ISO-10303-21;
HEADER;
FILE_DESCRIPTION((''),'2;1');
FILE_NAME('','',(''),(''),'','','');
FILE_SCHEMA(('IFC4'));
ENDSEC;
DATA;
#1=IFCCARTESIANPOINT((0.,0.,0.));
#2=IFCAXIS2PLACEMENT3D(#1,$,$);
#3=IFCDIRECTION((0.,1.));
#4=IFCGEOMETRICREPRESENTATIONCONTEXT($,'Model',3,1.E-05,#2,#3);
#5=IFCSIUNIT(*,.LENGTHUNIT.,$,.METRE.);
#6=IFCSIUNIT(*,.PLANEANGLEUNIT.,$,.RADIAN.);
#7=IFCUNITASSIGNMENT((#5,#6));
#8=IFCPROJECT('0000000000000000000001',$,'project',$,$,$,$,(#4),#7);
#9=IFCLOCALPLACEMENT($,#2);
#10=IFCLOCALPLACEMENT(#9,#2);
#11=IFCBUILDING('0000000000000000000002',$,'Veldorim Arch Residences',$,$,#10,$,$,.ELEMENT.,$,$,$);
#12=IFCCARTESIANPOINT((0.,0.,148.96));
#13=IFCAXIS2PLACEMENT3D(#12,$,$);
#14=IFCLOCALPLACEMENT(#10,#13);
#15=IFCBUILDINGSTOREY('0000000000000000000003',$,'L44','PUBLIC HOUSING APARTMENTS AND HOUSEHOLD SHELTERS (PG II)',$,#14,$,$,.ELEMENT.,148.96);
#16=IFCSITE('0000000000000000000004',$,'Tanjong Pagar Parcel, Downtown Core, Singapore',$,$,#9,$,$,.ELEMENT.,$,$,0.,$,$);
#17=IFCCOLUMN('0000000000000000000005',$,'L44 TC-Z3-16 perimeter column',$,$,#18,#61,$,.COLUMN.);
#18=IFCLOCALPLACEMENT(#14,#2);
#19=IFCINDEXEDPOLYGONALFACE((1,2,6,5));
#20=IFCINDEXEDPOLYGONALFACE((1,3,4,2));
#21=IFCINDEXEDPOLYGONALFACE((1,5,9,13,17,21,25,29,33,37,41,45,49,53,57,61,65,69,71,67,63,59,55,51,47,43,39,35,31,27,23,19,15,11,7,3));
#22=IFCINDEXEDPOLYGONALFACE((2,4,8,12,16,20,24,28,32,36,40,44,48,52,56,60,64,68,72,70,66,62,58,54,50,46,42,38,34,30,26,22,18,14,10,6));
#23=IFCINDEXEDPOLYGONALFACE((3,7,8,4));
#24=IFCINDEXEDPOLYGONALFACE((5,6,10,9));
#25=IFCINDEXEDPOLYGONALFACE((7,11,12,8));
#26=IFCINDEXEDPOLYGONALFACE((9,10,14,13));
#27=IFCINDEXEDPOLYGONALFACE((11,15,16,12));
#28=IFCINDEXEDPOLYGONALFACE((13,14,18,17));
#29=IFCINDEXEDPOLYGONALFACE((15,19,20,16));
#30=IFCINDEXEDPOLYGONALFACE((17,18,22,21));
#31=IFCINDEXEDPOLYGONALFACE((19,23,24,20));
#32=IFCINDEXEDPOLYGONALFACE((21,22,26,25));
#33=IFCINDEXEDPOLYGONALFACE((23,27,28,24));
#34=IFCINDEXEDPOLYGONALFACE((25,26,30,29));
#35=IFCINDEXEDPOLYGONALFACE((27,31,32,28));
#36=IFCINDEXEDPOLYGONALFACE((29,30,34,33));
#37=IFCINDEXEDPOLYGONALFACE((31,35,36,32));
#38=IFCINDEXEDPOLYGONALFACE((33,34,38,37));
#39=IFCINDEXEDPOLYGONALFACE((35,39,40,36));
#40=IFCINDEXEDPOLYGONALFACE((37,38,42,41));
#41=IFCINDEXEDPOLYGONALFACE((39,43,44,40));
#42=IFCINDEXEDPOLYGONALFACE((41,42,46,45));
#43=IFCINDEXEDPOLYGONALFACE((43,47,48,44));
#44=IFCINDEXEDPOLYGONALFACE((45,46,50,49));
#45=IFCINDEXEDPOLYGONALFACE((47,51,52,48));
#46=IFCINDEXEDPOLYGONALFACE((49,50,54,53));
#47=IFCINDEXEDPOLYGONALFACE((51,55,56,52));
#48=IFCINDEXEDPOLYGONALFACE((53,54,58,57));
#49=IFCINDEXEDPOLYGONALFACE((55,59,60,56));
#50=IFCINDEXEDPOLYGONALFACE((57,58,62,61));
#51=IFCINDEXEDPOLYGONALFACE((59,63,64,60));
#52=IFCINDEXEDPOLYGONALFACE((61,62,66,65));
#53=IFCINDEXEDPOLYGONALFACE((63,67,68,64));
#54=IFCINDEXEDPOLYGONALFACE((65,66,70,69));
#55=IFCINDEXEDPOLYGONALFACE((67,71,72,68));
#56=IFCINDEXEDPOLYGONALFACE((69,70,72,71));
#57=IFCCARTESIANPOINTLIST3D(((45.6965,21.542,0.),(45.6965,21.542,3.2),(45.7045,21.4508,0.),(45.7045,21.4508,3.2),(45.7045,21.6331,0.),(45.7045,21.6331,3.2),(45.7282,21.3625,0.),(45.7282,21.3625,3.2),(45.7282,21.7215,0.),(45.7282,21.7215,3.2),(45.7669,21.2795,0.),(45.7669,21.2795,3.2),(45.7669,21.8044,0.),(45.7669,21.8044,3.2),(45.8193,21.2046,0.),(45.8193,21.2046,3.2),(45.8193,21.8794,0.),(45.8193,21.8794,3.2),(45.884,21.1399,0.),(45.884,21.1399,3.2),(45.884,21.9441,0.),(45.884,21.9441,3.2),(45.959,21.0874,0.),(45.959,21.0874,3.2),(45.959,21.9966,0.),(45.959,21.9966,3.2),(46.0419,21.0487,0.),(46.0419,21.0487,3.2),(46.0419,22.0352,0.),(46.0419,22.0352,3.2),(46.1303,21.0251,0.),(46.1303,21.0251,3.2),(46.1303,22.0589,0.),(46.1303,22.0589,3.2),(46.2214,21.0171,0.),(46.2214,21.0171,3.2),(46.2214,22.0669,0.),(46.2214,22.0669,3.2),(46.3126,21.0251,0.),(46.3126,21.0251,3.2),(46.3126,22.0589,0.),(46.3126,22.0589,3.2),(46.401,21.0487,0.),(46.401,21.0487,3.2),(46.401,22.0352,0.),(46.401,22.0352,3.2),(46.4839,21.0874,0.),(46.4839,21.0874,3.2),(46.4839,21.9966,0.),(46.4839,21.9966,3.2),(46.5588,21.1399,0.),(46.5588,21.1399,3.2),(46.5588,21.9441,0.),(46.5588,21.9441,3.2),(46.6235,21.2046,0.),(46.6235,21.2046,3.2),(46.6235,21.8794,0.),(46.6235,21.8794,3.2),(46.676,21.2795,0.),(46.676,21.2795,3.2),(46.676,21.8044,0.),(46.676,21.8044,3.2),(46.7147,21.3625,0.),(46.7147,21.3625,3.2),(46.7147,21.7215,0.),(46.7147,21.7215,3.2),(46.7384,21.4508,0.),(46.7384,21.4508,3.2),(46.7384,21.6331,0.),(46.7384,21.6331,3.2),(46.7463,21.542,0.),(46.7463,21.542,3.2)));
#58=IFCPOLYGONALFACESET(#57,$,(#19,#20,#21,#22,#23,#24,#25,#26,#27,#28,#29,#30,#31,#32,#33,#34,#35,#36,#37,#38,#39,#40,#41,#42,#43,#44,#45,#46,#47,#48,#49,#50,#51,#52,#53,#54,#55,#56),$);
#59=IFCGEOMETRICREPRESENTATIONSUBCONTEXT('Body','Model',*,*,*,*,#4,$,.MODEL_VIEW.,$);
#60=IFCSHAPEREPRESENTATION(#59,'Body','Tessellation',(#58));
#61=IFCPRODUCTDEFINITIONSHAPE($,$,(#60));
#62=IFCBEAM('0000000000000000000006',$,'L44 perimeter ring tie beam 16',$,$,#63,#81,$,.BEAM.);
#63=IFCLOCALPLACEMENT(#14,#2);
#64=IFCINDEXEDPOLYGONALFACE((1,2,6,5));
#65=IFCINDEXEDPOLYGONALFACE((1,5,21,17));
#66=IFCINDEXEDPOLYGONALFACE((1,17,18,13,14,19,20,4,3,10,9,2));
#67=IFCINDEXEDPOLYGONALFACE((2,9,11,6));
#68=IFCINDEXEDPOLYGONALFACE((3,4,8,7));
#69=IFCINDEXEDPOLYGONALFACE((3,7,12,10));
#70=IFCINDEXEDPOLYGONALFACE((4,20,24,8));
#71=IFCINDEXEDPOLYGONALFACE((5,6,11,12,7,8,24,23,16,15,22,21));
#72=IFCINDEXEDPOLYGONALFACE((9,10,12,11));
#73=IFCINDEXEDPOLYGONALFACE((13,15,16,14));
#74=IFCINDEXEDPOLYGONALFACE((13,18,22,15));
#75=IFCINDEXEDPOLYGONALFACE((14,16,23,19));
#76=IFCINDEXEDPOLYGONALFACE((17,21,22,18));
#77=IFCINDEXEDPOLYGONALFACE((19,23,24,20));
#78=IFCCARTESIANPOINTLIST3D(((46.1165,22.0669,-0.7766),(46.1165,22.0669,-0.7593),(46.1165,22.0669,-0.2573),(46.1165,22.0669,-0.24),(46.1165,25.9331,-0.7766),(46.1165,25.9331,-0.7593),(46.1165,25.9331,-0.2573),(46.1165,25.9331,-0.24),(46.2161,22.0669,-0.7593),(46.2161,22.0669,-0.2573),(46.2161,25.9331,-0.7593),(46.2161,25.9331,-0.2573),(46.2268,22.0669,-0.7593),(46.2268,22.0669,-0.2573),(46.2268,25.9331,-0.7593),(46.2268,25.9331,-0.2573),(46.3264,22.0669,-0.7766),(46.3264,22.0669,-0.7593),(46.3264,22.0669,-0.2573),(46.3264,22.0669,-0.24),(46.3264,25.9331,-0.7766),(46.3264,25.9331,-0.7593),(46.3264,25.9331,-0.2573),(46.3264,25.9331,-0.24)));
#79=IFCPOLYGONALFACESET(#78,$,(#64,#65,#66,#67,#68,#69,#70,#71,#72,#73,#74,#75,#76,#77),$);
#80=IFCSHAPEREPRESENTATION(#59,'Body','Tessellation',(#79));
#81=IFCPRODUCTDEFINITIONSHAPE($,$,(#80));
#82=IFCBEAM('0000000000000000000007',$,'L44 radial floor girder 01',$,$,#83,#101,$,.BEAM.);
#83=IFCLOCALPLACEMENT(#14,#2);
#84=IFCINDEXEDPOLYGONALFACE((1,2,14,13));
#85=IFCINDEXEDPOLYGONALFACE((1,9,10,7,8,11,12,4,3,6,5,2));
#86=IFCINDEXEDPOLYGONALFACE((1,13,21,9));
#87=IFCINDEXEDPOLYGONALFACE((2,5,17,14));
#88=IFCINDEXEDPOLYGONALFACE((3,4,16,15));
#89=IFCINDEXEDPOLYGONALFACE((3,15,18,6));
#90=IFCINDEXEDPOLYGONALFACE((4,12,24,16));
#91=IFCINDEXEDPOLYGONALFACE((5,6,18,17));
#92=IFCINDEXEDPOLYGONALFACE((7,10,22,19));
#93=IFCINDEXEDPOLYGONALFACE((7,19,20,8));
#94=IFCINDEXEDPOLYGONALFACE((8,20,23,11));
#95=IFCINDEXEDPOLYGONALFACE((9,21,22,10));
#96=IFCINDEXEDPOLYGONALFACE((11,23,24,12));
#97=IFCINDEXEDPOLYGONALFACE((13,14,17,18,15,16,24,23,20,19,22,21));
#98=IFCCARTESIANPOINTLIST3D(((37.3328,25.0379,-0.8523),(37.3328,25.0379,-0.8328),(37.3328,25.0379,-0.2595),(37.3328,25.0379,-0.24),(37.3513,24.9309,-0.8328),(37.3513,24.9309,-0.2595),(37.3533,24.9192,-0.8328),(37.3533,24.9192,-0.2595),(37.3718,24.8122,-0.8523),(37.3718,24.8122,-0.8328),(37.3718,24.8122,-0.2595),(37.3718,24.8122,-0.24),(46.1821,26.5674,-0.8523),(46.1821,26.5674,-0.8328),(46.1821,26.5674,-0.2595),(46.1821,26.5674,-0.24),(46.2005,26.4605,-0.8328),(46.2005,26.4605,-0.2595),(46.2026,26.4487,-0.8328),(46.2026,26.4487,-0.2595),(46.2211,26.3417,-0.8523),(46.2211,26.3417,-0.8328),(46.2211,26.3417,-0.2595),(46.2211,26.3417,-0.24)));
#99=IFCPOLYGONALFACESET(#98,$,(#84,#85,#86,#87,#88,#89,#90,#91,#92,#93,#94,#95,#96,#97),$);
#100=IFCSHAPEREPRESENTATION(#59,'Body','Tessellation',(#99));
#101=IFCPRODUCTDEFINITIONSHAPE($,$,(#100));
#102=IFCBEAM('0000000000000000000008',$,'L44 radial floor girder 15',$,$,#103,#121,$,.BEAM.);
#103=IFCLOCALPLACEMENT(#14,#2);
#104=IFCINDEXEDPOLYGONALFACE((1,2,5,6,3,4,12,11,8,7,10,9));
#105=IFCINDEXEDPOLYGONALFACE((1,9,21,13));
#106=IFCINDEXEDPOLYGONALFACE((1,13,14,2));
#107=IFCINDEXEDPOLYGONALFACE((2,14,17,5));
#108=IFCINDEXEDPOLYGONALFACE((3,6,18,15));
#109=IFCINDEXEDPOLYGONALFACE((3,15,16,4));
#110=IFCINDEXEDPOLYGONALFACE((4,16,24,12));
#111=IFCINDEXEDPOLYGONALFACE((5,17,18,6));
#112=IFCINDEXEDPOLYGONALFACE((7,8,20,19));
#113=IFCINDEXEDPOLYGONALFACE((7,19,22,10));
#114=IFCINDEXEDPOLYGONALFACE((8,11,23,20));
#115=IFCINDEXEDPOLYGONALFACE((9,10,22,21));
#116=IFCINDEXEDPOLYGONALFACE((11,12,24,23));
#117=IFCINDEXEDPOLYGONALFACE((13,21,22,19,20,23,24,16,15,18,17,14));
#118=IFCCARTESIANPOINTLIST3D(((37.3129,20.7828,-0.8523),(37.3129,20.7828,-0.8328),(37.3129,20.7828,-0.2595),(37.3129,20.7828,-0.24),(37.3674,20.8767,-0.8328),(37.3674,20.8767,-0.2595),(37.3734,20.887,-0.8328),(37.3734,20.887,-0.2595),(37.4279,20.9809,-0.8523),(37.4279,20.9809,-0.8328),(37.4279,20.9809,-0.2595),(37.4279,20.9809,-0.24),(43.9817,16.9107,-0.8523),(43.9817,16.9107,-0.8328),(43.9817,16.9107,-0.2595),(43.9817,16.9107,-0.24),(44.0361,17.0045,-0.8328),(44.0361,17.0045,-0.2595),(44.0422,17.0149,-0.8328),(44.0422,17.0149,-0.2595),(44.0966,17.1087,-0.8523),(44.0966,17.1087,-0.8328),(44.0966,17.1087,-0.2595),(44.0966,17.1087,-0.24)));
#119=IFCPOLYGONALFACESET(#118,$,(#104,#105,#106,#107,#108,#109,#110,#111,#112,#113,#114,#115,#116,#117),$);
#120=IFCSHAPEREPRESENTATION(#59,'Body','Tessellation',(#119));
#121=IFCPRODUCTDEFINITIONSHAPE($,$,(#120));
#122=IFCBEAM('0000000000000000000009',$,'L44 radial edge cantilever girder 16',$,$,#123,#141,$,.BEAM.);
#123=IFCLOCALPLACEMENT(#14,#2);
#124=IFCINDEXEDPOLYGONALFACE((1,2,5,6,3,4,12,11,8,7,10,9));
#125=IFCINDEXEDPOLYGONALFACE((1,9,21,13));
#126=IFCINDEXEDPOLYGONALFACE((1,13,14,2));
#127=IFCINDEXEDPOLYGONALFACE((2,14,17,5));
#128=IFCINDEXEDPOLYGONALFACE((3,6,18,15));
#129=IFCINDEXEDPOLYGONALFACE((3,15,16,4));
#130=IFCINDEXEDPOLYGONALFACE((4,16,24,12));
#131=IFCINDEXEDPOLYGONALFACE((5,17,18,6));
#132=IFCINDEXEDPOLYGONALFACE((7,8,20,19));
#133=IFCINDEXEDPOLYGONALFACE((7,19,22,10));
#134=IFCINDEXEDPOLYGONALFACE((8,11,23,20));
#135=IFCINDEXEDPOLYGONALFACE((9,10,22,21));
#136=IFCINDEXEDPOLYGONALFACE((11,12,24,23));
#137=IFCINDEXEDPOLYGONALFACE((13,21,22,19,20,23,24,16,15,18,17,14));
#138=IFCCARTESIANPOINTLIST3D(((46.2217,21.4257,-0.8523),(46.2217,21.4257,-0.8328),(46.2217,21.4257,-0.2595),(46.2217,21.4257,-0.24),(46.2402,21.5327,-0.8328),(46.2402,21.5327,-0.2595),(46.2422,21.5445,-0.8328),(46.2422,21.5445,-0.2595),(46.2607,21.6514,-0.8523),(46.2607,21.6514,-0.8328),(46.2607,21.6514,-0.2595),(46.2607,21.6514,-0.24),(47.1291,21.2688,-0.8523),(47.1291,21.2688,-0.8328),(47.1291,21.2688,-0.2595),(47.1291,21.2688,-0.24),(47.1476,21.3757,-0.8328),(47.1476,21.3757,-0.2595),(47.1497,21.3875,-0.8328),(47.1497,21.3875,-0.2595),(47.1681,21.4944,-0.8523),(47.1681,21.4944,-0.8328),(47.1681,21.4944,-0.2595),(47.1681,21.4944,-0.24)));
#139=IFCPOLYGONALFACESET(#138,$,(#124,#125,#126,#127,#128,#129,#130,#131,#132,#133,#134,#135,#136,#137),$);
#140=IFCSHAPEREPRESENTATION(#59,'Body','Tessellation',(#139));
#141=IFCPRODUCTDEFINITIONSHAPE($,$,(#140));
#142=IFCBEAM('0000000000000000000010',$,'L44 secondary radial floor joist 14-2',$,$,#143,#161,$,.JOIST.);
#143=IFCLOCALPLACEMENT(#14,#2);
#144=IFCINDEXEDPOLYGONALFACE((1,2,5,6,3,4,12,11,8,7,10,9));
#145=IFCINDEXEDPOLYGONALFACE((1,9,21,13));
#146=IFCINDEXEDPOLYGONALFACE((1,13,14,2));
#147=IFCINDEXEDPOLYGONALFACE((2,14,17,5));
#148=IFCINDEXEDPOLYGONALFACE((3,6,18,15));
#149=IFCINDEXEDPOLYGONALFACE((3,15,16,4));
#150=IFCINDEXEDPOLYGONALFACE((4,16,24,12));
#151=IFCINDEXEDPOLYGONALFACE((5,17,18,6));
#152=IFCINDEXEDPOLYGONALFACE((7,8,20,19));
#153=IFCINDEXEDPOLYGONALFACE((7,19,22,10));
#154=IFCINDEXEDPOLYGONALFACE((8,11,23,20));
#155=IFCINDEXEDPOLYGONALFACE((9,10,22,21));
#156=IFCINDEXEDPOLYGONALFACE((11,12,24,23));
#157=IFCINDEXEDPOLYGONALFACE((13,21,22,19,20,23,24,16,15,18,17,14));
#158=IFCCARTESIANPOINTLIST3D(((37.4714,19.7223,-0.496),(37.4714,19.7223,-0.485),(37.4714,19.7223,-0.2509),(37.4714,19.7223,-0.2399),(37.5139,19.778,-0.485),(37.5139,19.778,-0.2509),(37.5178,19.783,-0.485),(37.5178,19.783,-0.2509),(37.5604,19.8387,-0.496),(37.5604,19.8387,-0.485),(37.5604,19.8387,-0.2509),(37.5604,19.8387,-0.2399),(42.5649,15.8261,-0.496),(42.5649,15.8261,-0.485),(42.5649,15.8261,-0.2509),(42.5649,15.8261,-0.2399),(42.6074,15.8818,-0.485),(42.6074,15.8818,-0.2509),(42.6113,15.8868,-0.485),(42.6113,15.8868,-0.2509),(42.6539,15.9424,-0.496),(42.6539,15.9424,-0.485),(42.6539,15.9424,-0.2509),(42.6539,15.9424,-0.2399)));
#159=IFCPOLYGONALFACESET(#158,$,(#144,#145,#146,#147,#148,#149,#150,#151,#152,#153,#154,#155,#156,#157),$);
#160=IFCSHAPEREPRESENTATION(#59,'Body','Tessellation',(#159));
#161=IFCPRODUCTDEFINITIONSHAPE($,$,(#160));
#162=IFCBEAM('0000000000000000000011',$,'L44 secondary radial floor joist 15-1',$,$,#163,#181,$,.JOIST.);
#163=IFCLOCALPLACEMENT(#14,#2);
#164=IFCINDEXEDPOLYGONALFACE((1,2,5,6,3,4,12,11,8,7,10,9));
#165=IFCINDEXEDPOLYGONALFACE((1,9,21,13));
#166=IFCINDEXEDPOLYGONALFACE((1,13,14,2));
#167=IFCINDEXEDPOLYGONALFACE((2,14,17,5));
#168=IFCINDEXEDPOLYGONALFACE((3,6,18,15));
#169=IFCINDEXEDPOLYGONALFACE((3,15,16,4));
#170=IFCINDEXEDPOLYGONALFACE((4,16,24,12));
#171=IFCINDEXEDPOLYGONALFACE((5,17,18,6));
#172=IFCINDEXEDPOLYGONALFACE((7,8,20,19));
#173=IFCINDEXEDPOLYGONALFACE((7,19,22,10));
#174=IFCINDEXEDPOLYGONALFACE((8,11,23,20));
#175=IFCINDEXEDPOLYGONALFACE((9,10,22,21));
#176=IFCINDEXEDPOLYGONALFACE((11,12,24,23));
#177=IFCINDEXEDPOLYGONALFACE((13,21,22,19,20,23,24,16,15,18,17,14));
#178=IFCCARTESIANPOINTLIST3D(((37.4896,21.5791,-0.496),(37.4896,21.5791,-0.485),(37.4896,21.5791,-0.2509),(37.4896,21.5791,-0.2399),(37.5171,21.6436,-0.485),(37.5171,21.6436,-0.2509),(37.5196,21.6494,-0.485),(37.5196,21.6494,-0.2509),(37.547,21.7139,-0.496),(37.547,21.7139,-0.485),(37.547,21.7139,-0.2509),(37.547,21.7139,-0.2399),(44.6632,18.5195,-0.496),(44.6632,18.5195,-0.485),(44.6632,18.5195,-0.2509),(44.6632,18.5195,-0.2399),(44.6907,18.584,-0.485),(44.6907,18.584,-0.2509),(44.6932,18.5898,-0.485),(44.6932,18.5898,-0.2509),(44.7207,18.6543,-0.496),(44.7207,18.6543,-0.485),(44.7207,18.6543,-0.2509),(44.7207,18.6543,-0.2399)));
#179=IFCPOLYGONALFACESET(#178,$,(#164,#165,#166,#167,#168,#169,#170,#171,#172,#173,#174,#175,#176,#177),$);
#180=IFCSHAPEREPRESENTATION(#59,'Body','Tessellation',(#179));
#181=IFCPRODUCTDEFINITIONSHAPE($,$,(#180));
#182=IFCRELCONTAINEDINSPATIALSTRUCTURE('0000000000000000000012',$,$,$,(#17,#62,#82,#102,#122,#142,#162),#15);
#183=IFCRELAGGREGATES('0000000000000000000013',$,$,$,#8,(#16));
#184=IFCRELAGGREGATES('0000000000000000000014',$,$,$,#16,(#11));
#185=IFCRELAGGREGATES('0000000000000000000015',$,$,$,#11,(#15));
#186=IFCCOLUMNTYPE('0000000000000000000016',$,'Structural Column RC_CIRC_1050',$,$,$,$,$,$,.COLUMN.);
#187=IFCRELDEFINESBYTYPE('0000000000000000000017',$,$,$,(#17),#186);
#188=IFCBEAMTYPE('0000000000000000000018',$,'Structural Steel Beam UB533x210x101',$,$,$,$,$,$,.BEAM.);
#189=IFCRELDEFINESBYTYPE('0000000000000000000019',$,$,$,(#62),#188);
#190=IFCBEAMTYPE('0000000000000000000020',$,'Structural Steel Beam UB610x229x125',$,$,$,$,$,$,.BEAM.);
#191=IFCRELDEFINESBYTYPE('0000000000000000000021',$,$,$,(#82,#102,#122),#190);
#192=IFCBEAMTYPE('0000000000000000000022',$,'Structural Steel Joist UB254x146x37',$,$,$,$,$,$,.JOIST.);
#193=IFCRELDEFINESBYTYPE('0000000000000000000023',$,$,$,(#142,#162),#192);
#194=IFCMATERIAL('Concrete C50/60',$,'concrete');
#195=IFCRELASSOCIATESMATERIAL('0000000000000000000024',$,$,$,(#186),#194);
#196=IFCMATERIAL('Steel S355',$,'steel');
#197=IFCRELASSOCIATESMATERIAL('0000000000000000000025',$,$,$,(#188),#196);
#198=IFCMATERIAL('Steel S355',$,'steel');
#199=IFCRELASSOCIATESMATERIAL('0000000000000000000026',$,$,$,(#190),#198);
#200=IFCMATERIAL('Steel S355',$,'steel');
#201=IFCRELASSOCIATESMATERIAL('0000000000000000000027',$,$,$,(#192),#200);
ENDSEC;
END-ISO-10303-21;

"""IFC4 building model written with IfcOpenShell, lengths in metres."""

from ifc_helpers import new_model, si_unit, direction, frame, origin, origin_2d, place, context, subcontext, project, spatial, circle, i_section, extrude, material, material_profile, profile_set, type_object, element, save


model = new_model("IFC4")

# Units and contexts
model_context = context("Model", 3, precision=1e-05, world=origin(), true_north=direction((0.0, 1.0)))
body_context = subcontext(model_context, "Body", "Model", "MODEL_VIEW")
ifc_project = project(units=[si_unit("LENGTHUNIT", "METRE"), si_unit("PLANEANGLEUNIT", "RADIAN")], contexts=[model_context])

# Site, building, storey
site_placement = place(None, origin())
site = spatial("IfcSite", under=ifc_project, at=site_placement, Name="Tanjong Pagar Parcel, Downtown Core, Singapore", CompositionType="ELEMENT", RefElevation=0.0)
building_placement = place(site_placement, origin())
building = spatial("IfcBuilding", under=site, at=building_placement, Name="Veldorim Arch Residences", CompositionType="ELEMENT")
storey_placement = place(building_placement, frame((0.0, 0.0, 148.96)))
storey = spatial("IfcBuildingStorey", under=building, at=storey_placement, Name="L44", Description="PUBLIC HOUSING APARTMENTS AND HOUSEHOLD SHELTERS (PG II)", CompositionType="ELEMENT", Elevation=148.96)

# Column
ifc_material_1 = material(Name="Concrete C50/60", Category="concrete")
ifc_material_profile_1 = material_profile(ifc_material_1, circle(Radius=0.5249, at=origin_2d()), Name="RC_CIRC_1050")
ifc_profile_set_1 = profile_set([ifc_material_profile_1], Name="Concrete C50/60")
column_type = type_object("IfcColumnType", Name="Structural Column RC_CIRC_1050", PredefinedType="COLUMN", material=ifc_profile_set_1)
column_placement = place(storey_placement, frame((46.2214, 21.542, 0.0), z_axis=(0.0, 0.0, 1.0), x_axis=(1.0, 0.0, 0.0)))
element("IfcColumn", 1, at=column_placement, inside=storey, type_object=column_type, Name="L44 TC-Z3-16 perimeter column", PredefinedType="COLUMN", context=body_context, shape_type="SweptSolid", body=[
    extrude(circle(Radius=0.5249, at=origin_2d()), origin(), (0.0, 0.0, 1.0), 3.2),
])

# Beams
ifc_material_2 = material(Name="Steel S355", Category="steel")
ifc_material_profile_2 = material_profile(ifc_material_2, i_section(OverallWidth=0.21, OverallDepth=0.5366, WebThickness=0.0107, FlangeThickness=0.0173, at=origin_2d()), Name="UB533x210x101")
ifc_profile_set_2 = profile_set([ifc_material_profile_2], Name="Steel S355")
beam_type_1 = type_object("IfcBeamType", Name="Structural Steel Beam UB533x210x101", PredefinedType="BEAM", material=ifc_profile_set_2)
beam_1_placement = place(storey_placement, frame((46.2214, 22.0669, -0.5083), z_axis=(0.0, 1.0, 0.0), x_axis=(-1.0, 0.0, 0.0)))
element("IfcBeam", 2, at=beam_1_placement, inside=storey, type_object=beam_type_1, Name="L44 perimeter ring tie beam 16", PredefinedType="BEAM", context=body_context, shape_type="SweptSolid", body=[
    extrude(i_section(OverallWidth=0.21, OverallDepth=0.5366, WebThickness=0.0107, FlangeThickness=0.0173, at=origin_2d()), origin(), (0.0, 0.0, 1.0), 3.8662),
])
ifc_material_3 = material(Name="Steel S355", Category="steel")
ifc_material_profile_3 = material_profile(ifc_material_3, i_section(OverallWidth=0.229, OverallDepth=0.6123, WebThickness=0.012, FlangeThickness=0.0195, at=origin_2d()), Name="UB610x229x125")
ifc_profile_set_3 = profile_set([ifc_material_profile_3], Name="Steel S355")
beam_type_2 = type_object("IfcBeamType", Name="Structural Steel Beam UB610x229x125", PredefinedType="BEAM", material=ifc_profile_set_3)
beam_2_placement = place(storey_placement, frame((37.3523, 24.925, -0.5461), z_axis=(0.985389, 0.170317, 0.0), x_axis=(-0.170317, 0.985389, 0.0)))
element("IfcBeam", 3, at=beam_2_placement, inside=storey, type_object=beam_type_2, Name="L44 radial floor girder 01", PredefinedType="BEAM", context=body_context, shape_type="SweptSolid", body=[
    extrude(i_section(OverallWidth=0.229, OverallDepth=0.6123, WebThickness=0.012, FlangeThickness=0.0195, at=origin_2d()), origin(), (0.0, 0.0, 1.0), 8.9805),
])
beam_3_placement = place(storey_placement, frame((37.3704, 20.8818, -0.5461), z_axis=(0.864793, -0.502128, 0.0), x_axis=(0.502128, 0.864793, 0.0)))
element("IfcBeam", 4, at=beam_3_placement, inside=storey, type_object=beam_type_2, Name="L44 radial floor girder 15", PredefinedType="BEAM", context=body_context, shape_type="SweptSolid", body=[
    extrude(i_section(OverallWidth=0.229, OverallDepth=0.6123, WebThickness=0.012, FlangeThickness=0.0195, at=origin_2d()), origin(), (0.0, 0.0, 1.0), 7.7114),
])
beam_4_placement = place(storey_placement, frame((46.2412, 21.5386, -0.5461), z_axis=(0.985365, -0.170457, 0.0), x_axis=(0.170457, 0.985365, 0.0)))
element("IfcBeam", 5, at=beam_4_placement, inside=storey, type_object=beam_type_2, Name="L44 radial edge cantilever girder 16", PredefinedType="BEAM", context=body_context, shape_type="SweptSolid", body=[
    extrude(i_section(OverallWidth=0.229, OverallDepth=0.6123, WebThickness=0.012, FlangeThickness=0.0195, at=origin_2d()), origin(), (0.0, 0.0, 1.0), 0.9209),
])
ifc_material_4 = material(Name="Steel S355", Category="steel")
ifc_material_profile_4 = material_profile(ifc_material_4, i_section(OverallWidth=0.1465, OverallDepth=0.2561, WebThickness=0.0063, FlangeThickness=0.011, at=origin_2d()), Name="UB254x146x37")
ifc_profile_set_4 = profile_set([ifc_material_profile_4], Name="Steel S355")
beam_type_3 = type_object("IfcBeamType", Name="Structural Steel Joist UB254x146x37", PredefinedType="JOIST", material=ifc_profile_set_4)
beam_5_placement = place(storey_placement, frame((37.5159, 19.7805, -0.3679), z_axis=(0.794267, -0.607569, 0.0), x_axis=(0.607569, 0.794267, 0.0)))
element("IfcBeam", 6, at=beam_5_placement, inside=storey, type_object=beam_type_3, Name="L44 secondary radial floor joist 14-2", PredefinedType="JOIST", context=body_context, shape_type="SweptSolid", body=[
    extrude(i_section(OverallWidth=0.1465, OverallDepth=0.2561, WebThickness=0.0063, FlangeThickness=0.011, at=origin_2d()), origin(), (0.0, 0.0, 1.0), 6.4128),
])
beam_6_placement = place(storey_placement, frame((37.5183, 21.6465, -0.3679), z_axis=(0.919832, -0.392313, 0.0), x_axis=(0.392313, 0.919832, 0.0)))
element("IfcBeam", 7, at=beam_6_placement, inside=storey, type_object=beam_type_3, Name="L44 secondary radial floor joist 15-1", PredefinedType="JOIST", context=body_context, shape_type="SweptSolid", body=[
    extrude(i_section(OverallWidth=0.1465, OverallDepth=0.2561, WebThickness=0.0063, FlangeThickness=0.011, at=origin_2d()), origin(), (0.0, 0.0, 1.0), 7.7988),
])

save(model, "model.ifc")
